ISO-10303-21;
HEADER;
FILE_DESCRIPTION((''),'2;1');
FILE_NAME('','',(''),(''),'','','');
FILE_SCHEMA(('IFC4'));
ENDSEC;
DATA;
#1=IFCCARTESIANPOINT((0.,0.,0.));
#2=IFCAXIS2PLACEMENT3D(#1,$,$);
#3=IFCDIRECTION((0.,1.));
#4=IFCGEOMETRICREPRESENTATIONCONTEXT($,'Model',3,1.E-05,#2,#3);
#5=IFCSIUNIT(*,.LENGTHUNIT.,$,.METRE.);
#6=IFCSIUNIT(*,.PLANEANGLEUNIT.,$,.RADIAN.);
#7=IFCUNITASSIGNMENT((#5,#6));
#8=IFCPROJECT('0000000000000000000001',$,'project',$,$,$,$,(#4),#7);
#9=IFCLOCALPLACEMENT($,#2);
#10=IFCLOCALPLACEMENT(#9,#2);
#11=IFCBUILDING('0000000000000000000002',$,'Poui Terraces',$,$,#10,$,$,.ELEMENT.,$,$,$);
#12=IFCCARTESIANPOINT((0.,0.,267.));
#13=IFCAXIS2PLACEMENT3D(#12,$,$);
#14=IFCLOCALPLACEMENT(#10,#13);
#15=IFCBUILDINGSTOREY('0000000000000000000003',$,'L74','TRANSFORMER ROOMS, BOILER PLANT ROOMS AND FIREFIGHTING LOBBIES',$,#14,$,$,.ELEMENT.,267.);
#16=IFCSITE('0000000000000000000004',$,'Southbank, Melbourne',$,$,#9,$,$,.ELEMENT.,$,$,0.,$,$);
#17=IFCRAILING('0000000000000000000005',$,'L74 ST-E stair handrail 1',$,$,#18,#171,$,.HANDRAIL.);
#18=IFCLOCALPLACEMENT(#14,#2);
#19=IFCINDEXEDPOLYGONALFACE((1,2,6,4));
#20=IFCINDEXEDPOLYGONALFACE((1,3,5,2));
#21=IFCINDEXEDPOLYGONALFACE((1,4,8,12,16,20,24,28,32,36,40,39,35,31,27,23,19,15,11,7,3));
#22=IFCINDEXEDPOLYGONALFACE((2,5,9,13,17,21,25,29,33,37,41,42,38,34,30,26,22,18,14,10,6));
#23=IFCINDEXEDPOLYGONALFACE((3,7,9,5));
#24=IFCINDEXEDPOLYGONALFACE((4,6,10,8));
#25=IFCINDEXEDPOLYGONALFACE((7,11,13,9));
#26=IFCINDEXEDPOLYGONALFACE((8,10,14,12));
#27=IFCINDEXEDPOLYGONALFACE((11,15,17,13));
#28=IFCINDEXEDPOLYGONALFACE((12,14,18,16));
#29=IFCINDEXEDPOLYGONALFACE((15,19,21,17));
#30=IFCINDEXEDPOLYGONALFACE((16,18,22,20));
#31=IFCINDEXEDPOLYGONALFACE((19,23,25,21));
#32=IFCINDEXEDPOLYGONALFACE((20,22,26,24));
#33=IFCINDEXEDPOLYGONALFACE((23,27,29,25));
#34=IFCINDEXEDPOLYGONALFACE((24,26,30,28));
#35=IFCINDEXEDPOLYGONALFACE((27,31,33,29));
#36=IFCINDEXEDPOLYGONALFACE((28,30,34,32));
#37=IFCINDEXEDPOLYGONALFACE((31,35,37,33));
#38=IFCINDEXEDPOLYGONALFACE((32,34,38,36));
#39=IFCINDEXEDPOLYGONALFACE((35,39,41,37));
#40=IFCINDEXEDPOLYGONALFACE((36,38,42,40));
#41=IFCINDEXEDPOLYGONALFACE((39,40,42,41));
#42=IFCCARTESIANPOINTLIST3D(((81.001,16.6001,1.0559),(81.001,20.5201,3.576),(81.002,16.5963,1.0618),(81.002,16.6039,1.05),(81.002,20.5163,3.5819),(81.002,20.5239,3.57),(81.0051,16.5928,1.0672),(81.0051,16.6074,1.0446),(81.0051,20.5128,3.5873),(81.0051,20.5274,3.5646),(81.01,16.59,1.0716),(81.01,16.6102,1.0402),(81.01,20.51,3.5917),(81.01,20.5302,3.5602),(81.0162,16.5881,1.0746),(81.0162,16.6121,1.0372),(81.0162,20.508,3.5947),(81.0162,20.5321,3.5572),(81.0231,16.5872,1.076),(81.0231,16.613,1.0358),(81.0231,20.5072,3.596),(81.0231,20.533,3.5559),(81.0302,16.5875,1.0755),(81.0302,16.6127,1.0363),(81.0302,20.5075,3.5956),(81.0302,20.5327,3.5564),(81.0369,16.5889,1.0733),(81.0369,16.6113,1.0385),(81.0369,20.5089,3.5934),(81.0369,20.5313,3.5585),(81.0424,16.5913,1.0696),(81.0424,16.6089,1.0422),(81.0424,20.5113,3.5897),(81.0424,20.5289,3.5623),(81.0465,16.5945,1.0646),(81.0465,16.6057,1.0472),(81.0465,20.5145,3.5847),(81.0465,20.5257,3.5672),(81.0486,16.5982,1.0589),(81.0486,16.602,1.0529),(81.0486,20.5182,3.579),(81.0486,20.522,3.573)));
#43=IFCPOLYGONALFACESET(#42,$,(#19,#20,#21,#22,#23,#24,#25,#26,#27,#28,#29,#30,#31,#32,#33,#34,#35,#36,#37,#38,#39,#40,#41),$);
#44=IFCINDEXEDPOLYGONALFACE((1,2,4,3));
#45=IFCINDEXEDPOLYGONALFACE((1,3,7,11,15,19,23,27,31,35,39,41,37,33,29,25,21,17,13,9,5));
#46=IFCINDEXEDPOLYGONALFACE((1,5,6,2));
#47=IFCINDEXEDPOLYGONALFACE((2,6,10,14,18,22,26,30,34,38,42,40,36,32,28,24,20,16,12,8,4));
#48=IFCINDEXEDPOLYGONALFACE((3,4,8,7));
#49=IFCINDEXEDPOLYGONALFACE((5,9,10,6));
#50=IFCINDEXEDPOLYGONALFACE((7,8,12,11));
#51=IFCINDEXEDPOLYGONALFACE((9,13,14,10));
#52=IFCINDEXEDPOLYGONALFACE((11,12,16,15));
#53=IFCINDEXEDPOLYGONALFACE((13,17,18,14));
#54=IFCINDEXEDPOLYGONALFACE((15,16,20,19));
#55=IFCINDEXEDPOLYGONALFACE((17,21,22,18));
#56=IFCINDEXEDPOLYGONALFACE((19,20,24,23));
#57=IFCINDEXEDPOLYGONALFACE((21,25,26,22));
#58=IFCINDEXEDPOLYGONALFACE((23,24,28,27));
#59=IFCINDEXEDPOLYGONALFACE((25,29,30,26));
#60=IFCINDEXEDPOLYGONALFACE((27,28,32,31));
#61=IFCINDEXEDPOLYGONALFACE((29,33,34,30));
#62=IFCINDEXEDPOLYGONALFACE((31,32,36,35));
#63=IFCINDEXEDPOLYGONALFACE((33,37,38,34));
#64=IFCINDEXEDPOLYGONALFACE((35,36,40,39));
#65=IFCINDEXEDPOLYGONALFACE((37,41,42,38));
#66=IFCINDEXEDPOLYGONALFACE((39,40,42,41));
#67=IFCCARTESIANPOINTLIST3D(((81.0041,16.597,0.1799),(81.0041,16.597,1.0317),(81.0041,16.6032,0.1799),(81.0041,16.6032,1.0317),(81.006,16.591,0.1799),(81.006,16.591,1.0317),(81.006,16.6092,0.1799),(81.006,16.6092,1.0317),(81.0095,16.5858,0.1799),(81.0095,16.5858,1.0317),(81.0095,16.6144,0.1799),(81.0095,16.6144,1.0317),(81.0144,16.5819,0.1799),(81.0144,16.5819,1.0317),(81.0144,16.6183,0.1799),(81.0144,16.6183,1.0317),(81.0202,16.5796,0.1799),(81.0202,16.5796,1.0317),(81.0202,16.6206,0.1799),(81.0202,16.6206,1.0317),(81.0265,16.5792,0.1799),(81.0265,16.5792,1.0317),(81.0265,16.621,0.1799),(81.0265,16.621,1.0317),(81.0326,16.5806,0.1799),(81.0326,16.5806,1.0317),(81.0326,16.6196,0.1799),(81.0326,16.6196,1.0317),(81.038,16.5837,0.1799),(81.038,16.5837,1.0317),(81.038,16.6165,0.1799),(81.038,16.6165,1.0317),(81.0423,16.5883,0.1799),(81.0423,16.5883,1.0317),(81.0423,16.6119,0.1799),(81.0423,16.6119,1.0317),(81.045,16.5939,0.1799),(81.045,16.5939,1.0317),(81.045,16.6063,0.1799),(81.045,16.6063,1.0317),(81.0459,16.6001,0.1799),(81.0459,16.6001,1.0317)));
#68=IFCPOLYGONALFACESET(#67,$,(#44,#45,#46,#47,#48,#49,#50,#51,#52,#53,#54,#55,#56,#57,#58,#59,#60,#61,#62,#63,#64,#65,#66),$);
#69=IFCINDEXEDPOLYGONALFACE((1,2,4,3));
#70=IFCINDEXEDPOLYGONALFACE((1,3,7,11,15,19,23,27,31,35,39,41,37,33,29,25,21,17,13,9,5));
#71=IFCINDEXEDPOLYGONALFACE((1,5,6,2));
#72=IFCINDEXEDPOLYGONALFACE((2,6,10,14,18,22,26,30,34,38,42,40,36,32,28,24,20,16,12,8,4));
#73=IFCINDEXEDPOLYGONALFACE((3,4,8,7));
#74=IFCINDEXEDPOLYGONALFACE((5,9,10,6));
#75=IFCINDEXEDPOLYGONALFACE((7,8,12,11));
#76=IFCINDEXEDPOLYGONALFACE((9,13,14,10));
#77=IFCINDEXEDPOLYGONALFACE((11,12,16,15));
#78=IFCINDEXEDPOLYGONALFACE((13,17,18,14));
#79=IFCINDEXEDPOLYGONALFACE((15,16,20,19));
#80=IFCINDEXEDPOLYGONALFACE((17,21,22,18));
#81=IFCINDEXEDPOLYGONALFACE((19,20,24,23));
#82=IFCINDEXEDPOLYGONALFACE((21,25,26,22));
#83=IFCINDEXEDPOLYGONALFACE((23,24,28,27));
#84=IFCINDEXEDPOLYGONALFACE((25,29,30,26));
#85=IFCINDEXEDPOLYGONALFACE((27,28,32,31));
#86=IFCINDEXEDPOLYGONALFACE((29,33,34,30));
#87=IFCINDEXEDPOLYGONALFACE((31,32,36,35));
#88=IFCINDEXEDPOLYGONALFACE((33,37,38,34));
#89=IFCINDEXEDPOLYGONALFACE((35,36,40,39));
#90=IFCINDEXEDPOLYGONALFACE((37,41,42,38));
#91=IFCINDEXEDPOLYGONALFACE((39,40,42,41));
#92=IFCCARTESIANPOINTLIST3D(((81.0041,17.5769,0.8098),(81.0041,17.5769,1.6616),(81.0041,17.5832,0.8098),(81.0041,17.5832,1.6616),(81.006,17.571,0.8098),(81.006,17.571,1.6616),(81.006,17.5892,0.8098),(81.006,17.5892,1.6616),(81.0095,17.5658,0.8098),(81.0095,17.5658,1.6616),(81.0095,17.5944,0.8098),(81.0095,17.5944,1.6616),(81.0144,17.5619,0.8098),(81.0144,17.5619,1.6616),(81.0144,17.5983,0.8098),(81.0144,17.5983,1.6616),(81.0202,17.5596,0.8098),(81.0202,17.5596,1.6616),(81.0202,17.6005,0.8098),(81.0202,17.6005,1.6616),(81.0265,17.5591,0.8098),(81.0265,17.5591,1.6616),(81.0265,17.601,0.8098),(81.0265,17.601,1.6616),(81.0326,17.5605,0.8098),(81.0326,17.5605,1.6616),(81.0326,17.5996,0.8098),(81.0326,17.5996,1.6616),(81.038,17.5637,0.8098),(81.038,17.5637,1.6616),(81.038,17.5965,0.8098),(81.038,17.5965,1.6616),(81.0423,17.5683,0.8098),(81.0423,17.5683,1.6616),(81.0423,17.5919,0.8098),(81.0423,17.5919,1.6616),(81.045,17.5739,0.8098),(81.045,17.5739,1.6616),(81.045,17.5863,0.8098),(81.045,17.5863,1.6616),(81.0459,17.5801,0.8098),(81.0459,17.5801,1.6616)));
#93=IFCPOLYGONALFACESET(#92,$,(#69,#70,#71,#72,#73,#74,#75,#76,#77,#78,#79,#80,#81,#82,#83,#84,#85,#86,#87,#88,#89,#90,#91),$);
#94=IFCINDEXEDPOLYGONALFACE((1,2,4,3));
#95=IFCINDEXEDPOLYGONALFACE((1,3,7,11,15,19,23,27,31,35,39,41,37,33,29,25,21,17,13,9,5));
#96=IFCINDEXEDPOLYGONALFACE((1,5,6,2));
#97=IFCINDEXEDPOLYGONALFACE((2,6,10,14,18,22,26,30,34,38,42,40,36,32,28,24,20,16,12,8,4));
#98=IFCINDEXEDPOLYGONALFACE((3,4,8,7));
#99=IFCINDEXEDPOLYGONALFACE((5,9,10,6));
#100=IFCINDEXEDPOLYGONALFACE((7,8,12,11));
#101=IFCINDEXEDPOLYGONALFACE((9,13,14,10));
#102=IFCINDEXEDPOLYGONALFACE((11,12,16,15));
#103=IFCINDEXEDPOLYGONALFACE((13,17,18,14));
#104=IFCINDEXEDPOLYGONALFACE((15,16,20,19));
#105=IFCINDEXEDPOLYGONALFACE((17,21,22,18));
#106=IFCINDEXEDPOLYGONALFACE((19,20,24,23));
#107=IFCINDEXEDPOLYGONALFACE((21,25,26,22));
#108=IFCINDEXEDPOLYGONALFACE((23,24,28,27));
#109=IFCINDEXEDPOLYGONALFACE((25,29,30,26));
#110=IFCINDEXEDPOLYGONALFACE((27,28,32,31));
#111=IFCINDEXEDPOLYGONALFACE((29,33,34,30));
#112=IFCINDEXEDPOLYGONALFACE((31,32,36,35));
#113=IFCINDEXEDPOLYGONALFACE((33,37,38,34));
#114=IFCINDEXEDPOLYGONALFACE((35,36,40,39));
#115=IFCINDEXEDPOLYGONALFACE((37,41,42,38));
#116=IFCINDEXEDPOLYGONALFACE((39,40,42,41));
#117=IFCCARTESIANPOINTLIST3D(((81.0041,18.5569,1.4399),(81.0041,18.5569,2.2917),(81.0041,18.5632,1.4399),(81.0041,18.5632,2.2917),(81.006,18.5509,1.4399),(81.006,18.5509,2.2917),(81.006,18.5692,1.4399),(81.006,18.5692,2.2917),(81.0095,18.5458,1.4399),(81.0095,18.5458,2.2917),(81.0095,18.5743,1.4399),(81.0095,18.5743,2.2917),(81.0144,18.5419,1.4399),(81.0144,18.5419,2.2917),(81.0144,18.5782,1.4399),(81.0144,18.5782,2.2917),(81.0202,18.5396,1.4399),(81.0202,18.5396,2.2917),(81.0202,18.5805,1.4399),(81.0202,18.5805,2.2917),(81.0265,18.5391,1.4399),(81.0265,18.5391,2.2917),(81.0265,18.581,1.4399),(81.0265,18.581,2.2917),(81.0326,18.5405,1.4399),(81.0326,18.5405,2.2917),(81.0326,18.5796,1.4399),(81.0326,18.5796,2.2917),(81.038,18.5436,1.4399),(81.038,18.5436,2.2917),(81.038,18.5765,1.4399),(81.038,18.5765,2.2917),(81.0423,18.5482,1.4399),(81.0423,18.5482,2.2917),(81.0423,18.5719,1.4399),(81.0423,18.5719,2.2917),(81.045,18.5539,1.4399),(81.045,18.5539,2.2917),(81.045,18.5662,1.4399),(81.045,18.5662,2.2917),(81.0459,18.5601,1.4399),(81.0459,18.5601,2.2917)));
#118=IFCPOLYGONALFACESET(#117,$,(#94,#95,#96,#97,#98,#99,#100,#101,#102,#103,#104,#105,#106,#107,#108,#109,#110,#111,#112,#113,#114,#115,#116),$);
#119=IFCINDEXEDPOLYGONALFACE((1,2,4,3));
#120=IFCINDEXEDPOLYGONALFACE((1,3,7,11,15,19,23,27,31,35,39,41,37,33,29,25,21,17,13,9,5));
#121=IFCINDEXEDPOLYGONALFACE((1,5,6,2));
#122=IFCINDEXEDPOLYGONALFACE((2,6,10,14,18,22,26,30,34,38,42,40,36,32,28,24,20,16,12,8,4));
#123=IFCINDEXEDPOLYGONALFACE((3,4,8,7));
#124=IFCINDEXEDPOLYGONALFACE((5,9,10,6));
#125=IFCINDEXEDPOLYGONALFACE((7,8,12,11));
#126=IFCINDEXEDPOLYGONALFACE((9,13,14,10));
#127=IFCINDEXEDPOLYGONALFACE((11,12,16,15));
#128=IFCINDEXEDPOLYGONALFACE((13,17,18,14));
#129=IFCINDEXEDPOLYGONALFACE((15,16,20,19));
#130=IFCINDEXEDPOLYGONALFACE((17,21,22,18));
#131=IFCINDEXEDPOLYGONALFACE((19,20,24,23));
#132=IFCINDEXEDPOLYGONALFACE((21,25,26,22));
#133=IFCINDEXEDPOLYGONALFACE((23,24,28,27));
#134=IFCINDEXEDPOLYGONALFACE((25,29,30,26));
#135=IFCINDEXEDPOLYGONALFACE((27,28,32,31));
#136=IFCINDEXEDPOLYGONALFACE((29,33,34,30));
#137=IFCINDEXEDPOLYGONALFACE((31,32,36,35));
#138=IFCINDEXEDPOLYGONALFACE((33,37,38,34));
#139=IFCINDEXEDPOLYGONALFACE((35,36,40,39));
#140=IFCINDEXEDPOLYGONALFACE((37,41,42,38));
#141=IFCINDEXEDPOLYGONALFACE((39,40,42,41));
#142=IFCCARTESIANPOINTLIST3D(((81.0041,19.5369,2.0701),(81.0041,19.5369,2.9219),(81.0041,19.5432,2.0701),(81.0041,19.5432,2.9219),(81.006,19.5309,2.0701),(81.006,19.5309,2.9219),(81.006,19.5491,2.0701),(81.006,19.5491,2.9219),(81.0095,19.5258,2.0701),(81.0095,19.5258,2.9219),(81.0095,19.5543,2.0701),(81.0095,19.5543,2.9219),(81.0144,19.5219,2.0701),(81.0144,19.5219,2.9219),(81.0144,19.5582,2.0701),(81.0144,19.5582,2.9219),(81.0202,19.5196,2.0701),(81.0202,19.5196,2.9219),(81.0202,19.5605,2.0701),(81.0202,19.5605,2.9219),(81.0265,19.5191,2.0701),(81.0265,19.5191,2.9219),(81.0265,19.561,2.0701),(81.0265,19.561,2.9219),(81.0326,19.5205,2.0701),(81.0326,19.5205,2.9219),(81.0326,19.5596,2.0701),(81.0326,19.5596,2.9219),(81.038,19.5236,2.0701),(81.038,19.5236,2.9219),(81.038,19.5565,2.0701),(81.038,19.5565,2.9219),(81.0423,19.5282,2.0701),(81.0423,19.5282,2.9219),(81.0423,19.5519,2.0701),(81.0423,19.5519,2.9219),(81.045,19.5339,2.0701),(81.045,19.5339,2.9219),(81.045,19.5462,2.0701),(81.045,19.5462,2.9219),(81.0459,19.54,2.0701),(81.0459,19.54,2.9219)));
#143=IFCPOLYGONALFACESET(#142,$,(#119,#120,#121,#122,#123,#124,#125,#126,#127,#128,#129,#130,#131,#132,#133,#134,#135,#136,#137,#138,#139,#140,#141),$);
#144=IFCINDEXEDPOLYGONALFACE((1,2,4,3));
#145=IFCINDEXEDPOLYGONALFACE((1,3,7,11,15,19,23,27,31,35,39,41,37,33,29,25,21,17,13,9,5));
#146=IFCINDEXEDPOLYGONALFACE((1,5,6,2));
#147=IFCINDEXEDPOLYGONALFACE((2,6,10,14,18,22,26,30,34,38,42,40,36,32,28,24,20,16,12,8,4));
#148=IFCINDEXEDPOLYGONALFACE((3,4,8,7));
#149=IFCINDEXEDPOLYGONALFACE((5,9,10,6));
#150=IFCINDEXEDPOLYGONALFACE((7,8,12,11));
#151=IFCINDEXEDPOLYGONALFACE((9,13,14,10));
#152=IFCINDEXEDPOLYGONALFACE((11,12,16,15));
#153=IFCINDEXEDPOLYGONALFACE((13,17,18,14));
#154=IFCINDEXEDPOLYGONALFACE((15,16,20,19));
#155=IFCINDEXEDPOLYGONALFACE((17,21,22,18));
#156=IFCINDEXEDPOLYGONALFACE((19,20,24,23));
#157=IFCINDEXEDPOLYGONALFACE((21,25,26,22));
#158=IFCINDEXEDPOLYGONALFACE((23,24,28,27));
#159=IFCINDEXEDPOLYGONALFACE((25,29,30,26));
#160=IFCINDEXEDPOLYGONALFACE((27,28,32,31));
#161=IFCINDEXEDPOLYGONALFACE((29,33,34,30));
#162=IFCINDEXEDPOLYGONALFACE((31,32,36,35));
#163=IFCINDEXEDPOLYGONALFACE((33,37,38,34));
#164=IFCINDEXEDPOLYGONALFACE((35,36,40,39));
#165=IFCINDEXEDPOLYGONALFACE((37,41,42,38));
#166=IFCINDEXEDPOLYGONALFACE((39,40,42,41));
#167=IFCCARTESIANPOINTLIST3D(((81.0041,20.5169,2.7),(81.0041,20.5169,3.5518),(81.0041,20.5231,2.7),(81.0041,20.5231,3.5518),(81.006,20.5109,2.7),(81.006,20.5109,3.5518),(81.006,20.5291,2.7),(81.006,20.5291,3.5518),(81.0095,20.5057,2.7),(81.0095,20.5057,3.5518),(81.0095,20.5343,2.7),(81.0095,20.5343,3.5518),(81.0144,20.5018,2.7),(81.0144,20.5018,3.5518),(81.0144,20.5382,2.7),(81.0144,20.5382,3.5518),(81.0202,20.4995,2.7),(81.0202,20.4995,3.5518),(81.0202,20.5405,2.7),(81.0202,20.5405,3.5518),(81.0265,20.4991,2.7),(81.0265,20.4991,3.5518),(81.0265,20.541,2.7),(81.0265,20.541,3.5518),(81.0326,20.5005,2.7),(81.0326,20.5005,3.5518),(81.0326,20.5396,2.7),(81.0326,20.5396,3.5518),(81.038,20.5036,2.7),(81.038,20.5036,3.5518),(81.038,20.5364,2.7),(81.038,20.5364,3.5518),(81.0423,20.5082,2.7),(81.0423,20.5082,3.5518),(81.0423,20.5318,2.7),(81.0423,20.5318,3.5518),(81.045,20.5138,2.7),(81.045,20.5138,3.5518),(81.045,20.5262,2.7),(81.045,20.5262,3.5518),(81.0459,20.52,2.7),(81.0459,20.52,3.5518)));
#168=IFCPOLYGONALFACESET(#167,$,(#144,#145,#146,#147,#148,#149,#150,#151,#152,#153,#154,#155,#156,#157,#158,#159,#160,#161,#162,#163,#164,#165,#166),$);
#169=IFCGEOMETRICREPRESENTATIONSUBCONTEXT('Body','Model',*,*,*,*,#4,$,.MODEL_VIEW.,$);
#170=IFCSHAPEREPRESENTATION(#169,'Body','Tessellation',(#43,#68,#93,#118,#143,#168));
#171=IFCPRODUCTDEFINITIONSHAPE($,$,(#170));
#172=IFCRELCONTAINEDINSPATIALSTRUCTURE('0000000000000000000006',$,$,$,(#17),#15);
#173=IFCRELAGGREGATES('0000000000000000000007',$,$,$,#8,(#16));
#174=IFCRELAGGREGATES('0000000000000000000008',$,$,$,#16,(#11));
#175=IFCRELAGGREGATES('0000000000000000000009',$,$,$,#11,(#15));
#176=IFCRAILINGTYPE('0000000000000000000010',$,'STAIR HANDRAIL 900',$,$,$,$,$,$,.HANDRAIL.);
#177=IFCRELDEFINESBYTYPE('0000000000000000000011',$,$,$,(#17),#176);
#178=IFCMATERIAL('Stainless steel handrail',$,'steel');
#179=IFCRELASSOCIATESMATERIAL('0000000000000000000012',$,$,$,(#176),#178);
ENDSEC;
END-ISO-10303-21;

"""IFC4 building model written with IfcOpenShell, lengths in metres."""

from ifc_helpers import new_model, si_unit, direction, frame, origin, origin_2d, place, context, subcontext, project, spatial, circle, extrude, material, type_object, element, save


model = new_model("IFC4")

# Units and contexts
model_context = context("Model", 3, precision=1e-05, world=origin(), true_north=direction((0.0, 1.0)))
body_context = subcontext(model_context, "Body", "Model", "MODEL_VIEW")
ifc_project = project(units=[si_unit("LENGTHUNIT", "METRE"), si_unit("PLANEANGLEUNIT", "RADIAN")], contexts=[model_context])

# Site, building, storey
site_placement = place(None, origin())
site = spatial("IfcSite", under=ifc_project, at=site_placement, Name="Southbank, Melbourne", CompositionType="ELEMENT", RefElevation=0.0)
building_placement = place(site_placement, origin())
building = spatial("IfcBuilding", under=site, at=building_placement, Name="Poui Terraces", CompositionType="ELEMENT")
storey_placement = place(building_placement, frame((0.0, 0.0, 267.0)))
storey = spatial("IfcBuildingStorey", under=building, at=storey_placement, Name="L74", Description="TRANSFORMER ROOMS, BOILER PLANT ROOMS AND FIREFIGHTING LOBBIES", CompositionType="ELEMENT", Elevation=267.0)

# Railing
ifc_material_1 = material(Name="Stainless steel handrail", Category="steel")
railing_type_1 = type_object("IfcRailingType", Name="STAIR HANDRAIL 900", PredefinedType="HANDRAIL", material=ifc_material_1)
for number, where, name in (
    (1, (81.0249, 16.6001, 0.1799), "L74 ST-E stair handrail 1"),
):
    element("IfcRailing", number, at=place(storey_placement, frame(where)), inside=storey, type_object=railing_type_1, Name=name, PredefinedType="HANDRAIL", context=body_context, shape_type="SweptSolid", body=[
        extrude(circle(Radius=0.0239, at=origin_2d()), frame((0.0, 0.0, 0.876), z_axis=(0.0, 0.841172, 0.540768), x_axis=(-1.0, 0.0, 0.0)), (0.0, 0.0, 1.0), 4.6602),
        extrude(circle(Radius=0.021, at=origin_2d()), origin(), (0.0, 0.0, 1.0), 0.8518),
        extrude(circle(Radius=0.021, at=origin_2d()), frame((0.0, 0.98, 0.6299)), (0.0, 0.0, 1.0), 0.8518),
        extrude(circle(Radius=0.021, at=origin_2d()), frame((0.0, 1.96, 1.26)), (0.0, 0.0, 1.0), 0.8518),
        extrude(circle(Radius=0.021, at=origin_2d()), frame((0.0, 2.9399, 1.8901)), (0.0, 0.0, 1.0), 0.8518),
        extrude(circle(Radius=0.021, at=origin_2d()), frame((0.0, 3.9199, 2.52)), (0.0, 0.0, 1.0), 0.8518),
    ])

save(model, "model.ifc")
